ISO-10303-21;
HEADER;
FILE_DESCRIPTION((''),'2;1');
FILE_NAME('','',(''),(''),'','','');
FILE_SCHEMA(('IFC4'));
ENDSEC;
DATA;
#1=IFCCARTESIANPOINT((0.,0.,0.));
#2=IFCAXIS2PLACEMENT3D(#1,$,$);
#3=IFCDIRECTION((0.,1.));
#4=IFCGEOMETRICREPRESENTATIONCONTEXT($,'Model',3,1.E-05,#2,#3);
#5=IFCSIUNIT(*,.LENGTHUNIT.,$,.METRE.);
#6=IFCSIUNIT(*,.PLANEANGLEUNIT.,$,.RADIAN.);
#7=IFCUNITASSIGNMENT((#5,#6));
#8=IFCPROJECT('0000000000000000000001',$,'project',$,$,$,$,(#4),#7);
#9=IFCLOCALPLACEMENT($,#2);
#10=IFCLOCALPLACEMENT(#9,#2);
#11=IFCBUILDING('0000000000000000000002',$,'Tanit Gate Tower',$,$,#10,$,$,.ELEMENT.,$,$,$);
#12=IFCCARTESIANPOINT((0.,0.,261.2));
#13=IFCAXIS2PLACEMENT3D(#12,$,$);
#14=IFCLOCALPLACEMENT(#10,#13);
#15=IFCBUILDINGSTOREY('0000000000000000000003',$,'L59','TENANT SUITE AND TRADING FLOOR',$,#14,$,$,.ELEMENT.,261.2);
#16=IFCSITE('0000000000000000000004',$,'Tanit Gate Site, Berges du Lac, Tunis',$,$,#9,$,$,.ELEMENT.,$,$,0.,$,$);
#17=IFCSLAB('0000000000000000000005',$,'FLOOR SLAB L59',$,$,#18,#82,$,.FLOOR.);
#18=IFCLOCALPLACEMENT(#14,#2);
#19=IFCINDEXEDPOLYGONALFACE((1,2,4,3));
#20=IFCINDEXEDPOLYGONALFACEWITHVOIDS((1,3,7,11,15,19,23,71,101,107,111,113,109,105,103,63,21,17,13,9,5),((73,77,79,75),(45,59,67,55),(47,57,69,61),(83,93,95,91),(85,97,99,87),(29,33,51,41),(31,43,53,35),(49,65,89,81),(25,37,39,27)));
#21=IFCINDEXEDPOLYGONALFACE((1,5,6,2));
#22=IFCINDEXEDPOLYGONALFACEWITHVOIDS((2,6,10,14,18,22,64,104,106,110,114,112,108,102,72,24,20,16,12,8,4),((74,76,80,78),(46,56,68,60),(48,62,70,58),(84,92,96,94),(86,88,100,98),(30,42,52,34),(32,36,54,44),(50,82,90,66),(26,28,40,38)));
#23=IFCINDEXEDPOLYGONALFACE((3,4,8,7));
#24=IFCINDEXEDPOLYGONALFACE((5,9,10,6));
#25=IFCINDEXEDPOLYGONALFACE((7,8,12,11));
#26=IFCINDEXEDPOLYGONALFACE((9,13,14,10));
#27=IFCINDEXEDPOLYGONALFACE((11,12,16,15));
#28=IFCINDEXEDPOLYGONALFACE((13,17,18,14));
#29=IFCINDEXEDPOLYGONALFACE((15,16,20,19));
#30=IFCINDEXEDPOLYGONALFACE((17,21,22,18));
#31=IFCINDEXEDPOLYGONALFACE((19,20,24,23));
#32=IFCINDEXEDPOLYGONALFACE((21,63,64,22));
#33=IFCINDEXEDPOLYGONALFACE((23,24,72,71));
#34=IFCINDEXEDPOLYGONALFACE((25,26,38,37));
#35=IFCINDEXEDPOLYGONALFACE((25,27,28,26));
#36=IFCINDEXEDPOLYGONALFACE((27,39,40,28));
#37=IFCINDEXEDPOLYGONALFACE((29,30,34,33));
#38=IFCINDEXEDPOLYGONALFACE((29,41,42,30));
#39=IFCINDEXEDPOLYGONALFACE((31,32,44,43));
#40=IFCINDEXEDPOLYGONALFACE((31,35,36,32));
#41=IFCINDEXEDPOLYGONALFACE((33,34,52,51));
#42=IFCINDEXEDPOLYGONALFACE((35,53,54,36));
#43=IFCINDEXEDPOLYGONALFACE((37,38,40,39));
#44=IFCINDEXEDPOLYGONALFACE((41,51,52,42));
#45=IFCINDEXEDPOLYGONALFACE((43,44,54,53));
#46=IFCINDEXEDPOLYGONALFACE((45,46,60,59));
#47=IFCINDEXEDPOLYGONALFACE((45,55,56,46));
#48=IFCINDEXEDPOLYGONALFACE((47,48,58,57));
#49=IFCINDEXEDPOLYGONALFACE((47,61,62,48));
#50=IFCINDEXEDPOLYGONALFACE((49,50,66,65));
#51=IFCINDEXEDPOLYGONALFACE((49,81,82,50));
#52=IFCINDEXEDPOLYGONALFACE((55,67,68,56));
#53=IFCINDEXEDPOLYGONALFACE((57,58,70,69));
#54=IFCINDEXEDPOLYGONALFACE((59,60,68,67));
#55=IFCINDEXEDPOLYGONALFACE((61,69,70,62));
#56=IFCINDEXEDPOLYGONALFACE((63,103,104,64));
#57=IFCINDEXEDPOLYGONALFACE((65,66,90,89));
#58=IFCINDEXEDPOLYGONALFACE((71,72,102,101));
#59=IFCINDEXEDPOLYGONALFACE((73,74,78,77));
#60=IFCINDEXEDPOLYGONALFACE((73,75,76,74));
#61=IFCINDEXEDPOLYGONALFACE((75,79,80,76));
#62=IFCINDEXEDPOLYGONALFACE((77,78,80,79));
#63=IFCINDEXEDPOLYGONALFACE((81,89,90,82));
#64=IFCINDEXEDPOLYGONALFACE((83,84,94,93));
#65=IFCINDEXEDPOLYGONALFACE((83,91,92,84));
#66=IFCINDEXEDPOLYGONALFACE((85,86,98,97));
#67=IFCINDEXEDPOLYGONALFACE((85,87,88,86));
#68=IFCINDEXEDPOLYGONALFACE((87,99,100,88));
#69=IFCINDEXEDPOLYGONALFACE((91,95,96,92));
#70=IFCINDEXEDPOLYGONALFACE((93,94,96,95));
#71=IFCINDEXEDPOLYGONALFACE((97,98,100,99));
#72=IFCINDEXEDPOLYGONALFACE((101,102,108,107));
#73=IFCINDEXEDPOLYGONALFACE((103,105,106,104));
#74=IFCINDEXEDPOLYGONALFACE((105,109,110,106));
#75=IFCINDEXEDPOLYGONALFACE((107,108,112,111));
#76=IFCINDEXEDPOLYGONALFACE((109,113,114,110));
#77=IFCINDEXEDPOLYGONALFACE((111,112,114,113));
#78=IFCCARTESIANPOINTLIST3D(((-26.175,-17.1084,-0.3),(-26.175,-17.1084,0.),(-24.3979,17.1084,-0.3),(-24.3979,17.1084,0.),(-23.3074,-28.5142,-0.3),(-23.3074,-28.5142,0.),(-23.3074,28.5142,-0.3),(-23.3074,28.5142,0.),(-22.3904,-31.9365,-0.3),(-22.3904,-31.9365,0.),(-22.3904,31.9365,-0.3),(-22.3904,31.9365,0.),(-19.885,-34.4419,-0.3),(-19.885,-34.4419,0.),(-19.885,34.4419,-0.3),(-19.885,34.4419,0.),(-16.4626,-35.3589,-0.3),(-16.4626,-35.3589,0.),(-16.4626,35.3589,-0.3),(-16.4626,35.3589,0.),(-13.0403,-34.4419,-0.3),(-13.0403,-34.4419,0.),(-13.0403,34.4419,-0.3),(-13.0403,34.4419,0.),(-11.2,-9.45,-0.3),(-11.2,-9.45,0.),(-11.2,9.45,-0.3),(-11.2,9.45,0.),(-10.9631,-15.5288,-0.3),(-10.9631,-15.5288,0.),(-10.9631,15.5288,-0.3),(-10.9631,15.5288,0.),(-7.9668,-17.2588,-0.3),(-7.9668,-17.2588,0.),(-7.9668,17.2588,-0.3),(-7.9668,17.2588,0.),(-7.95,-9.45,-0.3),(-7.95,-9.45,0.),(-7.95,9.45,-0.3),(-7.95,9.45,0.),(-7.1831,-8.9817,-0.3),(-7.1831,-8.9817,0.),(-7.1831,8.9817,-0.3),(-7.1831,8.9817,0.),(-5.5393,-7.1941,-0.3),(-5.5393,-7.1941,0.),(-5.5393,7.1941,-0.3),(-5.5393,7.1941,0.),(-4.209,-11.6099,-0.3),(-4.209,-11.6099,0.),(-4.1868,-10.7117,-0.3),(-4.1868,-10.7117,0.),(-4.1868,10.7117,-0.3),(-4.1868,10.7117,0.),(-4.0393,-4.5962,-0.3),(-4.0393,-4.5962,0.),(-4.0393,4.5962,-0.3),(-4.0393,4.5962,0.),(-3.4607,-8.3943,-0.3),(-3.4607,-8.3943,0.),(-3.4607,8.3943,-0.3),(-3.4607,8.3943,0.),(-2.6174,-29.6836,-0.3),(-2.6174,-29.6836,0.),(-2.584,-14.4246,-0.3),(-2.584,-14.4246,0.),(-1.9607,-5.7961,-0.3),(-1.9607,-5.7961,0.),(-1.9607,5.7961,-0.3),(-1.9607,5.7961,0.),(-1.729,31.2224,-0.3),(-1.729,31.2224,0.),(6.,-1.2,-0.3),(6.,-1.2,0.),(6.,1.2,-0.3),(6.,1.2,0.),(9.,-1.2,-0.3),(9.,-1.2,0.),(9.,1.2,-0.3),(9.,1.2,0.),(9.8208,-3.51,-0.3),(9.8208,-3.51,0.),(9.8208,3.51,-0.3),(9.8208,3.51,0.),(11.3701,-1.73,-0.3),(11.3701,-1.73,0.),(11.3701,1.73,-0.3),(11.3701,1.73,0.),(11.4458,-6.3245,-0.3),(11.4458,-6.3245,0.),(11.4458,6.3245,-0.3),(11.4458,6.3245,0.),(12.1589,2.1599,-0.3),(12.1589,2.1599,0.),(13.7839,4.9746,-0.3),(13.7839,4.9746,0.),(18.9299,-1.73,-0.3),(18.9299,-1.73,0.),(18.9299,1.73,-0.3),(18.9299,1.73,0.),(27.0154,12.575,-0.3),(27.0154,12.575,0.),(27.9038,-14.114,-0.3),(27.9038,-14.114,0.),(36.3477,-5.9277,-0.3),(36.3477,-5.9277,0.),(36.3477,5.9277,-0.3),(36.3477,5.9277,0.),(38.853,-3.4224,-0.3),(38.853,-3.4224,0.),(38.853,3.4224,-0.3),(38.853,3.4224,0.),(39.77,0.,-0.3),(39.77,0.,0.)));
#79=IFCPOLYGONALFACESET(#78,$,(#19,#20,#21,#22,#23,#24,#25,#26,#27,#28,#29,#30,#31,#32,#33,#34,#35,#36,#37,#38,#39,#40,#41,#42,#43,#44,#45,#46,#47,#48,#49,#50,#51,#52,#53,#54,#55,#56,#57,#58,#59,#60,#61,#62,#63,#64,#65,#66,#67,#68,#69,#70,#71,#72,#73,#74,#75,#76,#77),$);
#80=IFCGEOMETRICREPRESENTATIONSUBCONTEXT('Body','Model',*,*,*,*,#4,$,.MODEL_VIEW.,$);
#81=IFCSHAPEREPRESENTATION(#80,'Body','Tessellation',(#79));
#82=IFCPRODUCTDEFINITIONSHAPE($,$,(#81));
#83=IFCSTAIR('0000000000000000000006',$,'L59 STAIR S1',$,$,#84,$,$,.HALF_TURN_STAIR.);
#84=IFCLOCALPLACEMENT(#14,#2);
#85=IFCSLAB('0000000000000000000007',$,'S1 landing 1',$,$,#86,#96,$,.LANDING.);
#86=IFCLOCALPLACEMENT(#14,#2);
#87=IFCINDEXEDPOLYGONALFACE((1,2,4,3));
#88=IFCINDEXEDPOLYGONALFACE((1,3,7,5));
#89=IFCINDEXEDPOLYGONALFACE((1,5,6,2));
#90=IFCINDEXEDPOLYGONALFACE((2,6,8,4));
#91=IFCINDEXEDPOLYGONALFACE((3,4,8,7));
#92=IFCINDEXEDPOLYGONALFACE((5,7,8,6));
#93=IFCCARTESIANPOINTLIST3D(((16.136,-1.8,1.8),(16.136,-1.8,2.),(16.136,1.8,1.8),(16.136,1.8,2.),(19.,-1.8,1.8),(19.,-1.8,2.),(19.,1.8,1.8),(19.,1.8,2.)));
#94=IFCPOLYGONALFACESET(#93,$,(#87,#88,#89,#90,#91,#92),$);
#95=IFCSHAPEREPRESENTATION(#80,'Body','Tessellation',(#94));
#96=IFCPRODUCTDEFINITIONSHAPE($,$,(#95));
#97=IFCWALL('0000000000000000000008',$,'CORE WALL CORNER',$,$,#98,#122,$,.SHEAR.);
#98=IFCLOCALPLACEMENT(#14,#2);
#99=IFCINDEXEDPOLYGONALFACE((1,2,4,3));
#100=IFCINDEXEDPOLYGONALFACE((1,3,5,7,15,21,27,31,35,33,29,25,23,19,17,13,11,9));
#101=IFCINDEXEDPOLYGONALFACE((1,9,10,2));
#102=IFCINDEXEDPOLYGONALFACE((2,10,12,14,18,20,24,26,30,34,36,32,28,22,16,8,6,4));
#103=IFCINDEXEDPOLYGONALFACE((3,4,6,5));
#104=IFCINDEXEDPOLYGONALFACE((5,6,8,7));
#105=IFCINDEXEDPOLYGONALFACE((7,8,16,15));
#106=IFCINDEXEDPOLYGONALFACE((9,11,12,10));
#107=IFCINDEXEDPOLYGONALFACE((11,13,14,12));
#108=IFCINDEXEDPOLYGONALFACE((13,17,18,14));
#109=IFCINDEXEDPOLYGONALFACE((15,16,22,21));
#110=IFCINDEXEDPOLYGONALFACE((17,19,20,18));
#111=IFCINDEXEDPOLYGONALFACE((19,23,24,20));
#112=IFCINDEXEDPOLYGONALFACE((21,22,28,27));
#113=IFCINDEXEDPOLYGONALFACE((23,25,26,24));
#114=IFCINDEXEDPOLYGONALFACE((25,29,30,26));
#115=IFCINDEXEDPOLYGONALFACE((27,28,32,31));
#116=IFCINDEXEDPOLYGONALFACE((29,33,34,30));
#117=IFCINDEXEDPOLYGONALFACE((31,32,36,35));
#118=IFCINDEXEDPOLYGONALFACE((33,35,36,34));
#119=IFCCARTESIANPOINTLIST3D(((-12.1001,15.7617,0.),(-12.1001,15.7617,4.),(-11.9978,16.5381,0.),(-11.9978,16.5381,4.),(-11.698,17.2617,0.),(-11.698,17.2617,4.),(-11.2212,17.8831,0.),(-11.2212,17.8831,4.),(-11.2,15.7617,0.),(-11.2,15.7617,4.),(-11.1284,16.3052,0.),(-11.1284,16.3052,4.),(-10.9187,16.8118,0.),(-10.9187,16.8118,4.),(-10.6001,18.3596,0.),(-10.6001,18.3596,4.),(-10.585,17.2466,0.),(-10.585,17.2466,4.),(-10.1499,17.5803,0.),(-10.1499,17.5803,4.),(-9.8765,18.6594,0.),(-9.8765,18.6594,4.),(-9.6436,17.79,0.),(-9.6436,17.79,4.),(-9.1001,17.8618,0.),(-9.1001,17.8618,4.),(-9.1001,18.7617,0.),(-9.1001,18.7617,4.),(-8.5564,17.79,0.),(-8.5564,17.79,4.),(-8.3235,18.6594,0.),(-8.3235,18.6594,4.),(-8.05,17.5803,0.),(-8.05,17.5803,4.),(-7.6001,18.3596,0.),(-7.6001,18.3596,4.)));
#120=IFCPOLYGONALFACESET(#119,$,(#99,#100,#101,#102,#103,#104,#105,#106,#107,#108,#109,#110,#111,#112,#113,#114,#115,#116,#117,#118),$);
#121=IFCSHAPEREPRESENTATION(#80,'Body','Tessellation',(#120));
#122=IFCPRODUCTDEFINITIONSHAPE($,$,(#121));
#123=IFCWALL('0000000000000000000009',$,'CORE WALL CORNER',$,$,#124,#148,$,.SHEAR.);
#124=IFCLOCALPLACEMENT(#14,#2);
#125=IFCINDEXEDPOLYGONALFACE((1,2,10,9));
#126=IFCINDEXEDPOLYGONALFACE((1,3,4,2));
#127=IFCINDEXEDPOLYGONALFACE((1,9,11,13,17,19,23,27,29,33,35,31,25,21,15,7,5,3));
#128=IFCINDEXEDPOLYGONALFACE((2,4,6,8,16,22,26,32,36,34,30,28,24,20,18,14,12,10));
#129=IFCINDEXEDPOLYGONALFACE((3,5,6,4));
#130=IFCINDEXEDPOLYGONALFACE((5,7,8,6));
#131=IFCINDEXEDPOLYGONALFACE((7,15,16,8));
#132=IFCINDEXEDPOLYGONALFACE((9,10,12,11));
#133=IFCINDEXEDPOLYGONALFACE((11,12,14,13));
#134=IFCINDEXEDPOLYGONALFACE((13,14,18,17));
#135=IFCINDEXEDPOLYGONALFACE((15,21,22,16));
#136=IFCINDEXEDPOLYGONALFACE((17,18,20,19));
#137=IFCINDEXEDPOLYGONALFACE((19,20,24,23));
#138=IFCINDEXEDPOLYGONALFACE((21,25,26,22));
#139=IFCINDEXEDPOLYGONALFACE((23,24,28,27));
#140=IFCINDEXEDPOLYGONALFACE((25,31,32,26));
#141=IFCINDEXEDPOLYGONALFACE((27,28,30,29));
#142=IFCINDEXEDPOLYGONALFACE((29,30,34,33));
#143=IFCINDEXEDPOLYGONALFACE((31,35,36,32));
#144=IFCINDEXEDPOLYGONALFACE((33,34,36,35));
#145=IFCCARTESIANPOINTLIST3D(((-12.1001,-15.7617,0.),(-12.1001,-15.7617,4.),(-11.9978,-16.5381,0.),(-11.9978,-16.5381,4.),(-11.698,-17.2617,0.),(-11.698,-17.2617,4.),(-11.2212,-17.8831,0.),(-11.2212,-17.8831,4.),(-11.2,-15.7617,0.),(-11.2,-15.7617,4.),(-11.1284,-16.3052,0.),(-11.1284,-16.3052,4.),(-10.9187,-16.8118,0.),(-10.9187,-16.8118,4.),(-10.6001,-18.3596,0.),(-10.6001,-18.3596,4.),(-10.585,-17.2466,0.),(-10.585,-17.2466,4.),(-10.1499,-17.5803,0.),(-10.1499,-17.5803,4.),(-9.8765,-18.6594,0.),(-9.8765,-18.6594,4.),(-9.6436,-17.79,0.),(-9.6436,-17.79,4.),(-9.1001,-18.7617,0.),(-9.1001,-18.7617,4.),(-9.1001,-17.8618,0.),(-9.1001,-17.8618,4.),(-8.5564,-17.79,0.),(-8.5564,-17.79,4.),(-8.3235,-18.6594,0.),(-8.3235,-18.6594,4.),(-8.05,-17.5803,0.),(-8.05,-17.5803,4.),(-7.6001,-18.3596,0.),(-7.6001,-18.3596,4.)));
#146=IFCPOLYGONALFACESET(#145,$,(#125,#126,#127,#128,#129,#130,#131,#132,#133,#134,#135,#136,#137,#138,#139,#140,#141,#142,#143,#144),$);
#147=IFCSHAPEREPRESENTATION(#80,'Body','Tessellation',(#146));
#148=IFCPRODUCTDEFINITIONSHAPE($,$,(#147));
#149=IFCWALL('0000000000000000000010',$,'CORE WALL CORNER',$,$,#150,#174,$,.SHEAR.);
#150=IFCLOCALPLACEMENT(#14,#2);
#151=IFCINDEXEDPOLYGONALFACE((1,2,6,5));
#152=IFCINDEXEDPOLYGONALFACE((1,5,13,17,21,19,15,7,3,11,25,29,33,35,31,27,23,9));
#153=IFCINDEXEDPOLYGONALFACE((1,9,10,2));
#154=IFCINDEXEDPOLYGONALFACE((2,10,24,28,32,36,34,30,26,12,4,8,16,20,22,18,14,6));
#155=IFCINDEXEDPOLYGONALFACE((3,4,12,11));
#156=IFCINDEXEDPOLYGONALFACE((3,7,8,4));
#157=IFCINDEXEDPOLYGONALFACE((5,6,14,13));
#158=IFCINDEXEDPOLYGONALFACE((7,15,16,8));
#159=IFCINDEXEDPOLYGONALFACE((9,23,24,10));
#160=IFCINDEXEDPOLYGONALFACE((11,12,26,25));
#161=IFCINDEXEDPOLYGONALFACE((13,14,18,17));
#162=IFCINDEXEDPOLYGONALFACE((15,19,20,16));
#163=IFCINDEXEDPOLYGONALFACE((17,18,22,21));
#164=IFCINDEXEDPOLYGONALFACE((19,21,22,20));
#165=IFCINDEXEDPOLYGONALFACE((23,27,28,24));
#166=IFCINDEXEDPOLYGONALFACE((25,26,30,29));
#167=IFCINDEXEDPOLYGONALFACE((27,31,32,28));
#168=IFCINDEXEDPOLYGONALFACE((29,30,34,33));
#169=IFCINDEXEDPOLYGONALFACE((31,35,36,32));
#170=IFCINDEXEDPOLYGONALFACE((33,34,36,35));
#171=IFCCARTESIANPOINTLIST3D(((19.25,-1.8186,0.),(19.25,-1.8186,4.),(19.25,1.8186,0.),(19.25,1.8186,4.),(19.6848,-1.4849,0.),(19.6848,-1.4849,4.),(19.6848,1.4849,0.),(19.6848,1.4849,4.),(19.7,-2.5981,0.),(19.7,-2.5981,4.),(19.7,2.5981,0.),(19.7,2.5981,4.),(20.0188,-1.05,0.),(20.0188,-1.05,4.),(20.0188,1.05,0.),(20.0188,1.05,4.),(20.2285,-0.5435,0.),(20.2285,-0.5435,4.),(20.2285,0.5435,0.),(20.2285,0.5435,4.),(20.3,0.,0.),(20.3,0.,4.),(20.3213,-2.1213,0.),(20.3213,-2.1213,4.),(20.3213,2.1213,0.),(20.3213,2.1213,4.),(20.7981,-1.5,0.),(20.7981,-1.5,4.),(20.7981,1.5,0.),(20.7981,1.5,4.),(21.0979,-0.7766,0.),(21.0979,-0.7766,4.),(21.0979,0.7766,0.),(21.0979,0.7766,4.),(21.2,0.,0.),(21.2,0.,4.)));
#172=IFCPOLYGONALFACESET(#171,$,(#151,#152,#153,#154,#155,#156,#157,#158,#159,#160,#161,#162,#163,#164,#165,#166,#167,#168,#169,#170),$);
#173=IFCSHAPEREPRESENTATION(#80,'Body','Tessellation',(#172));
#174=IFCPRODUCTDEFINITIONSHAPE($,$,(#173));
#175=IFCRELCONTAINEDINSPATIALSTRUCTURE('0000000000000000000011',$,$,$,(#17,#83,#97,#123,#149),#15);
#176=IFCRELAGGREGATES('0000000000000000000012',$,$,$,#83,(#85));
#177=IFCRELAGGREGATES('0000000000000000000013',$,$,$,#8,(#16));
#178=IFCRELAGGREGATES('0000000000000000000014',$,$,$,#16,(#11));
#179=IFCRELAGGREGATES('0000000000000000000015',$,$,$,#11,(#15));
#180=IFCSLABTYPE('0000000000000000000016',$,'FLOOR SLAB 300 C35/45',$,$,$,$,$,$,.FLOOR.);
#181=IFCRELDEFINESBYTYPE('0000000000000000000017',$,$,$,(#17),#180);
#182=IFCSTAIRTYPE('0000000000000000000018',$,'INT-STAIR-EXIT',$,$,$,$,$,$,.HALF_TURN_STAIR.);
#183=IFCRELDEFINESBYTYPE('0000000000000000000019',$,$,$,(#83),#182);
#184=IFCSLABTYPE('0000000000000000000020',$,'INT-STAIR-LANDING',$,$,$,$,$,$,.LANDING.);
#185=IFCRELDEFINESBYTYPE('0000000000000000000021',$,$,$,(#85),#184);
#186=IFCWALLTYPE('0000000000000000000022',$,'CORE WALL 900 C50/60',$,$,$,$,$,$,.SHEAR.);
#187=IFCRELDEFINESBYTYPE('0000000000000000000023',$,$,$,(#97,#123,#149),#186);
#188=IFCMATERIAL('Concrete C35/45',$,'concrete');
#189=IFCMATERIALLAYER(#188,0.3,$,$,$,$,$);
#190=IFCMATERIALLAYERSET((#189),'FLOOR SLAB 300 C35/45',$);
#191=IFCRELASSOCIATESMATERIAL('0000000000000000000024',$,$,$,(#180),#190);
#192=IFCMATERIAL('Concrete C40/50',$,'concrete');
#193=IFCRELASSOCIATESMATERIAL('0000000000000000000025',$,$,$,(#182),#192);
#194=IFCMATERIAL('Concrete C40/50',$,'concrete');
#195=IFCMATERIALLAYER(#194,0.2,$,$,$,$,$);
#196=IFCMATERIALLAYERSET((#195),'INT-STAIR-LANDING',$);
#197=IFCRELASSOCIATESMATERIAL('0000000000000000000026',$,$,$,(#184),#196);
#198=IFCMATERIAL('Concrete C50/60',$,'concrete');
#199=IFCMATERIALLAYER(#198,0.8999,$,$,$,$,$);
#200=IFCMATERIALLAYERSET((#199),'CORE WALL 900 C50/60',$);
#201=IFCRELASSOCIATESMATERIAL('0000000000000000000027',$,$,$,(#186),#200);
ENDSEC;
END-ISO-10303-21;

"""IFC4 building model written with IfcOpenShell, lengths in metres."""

from ifc_helpers import new_model, si_unit, direction, frame, origin, place, context, subcontext, project, spatial, polyline, outline, extrude, material, layer, layer_set, type_object, element, aggregate, save


model = new_model("IFC4")

# Units and contexts
model_context = context("Model", 3, precision=1e-05, world=origin(), true_north=direction((0.0, 1.0)))
body_context = subcontext(model_context, "Body", "Model", "MODEL_VIEW")
ifc_project = project(units=[si_unit("LENGTHUNIT", "METRE"), si_unit("PLANEANGLEUNIT", "RADIAN")], contexts=[model_context])

# Site, building, storey
site_placement = place(None, origin())
site = spatial("IfcSite", under=ifc_project, at=site_placement, Name="Tanit Gate Site, Berges du Lac, Tunis", CompositionType="ELEMENT", RefElevation=0.0)
building_placement = place(site_placement, origin())
building = spatial("IfcBuilding", under=site, at=building_placement, Name="Tanit Gate Tower", CompositionType="ELEMENT")
storey_placement = place(building_placement, frame((0.0, 0.0, 261.2)))
storey = spatial("IfcBuildingStorey", under=building, at=storey_placement, Name="L59", Description="TENANT SUITE AND TRADING FLOOR", CompositionType="ELEMENT", Elevation=261.2)

# Slab
ifc_material_1 = material(Name="Concrete C35/45", Category="concrete")
ifc_layer_1 = layer(ifc_material_1, 0.3)
ifc_layer_set_1 = layer_set([ifc_layer_1], Name="FLOOR SLAB 300 C35/45")
slab_type_1 = type_object("IfcSlabType", Name="FLOOR SLAB 300 C35/45", PredefinedType="FLOOR", material=ifc_layer_set_1)
slab_1_placement = place(storey_placement, frame((0.0, 0.0, -0.3)))
element("IfcSlab", 1, at=slab_1_placement, inside=storey, type_object=slab_type_1, Name="FLOOR SLAB L59", PredefinedType="FLOOR", context=body_context, shape_type="SweptSolid", body=[
    extrude(outline(polyline([(36.3477, 5.9277), (38.853, 3.4224), (39.77, 0.0), (38.853, -3.4224), (36.3477, -5.9277), (27.9038, -14.114), (-2.6174, -29.6836), (-13.0403, -34.4419), (-16.4626, -35.3589), (-19.885, -34.4419), (-22.3904, -31.9365), (-23.3074, -28.5142), (-26.175, -17.1084), (-24.3979, 17.1084), (-23.3074, 28.5142), (-22.3904, 31.9365), (-19.885, 34.4419), (-16.4626, 35.3589), (-13.0403, 34.4419), (-1.729, 31.2224), (27.0154, 12.575), (36.3477, 5.9277)]), holes=[polyline([(11.3701, 1.73), (18.9299, 1.73), (18.9299, -1.73), (11.3701, -1.73), (11.3701, 1.73)]), polyline([(9.8208, 3.51), (11.4458, 6.3245), (13.7839, 4.9746), (12.1589, 2.1599), (9.8208, 3.51)]), polyline([(-4.209, -11.6099), (9.8208, -3.51), (11.4458, -6.3245), (-2.584, -14.4246), (-4.209, -11.6099)]), polyline([(6.0, 1.2), (9.0, 1.2), (9.0, -1.2), (6.0, -1.2), (6.0, 1.2)]), polyline([(-5.5393, 7.1941), (-3.4607, 8.3943), (-1.9607, 5.7961), (-4.0393, 4.5962), (-5.5393, 7.1941)]), polyline([(-1.9607, -5.7961), (-3.4607, -8.3943), (-5.5393, -7.1941), (-4.0393, -4.5962), (-1.9607, -5.7961)]), polyline([(-10.9631, 15.5288), (-7.9668, 17.2588), (-4.1868, 10.7117), (-7.1831, 8.9817), (-10.9631, 15.5288)]), polyline([(-4.1868, -10.7117), (-7.9668, -17.2588), (-10.9631, -15.5288), (-7.1831, -8.9817), (-4.1868, -10.7117)]), polyline([(-11.2, -9.45), (-11.2, 9.45), (-7.95, 9.45), (-7.95, -9.45), (-11.2, -9.45)])]), origin(), (0.0, 0.0, 1.0), 0.3),
])

# Stair, slab
ifc_material_2 = material(Name="Concrete C40/50", Category="concrete")
stair_type = type_object("IfcStairType", Name="INT-STAIR-EXIT", PredefinedType="HALF_TURN_STAIR", material=ifc_material_2)
stair_placement = place(storey_placement, origin())
stair = element("IfcStair", 2, at=stair_placement, inside=storey, type_object=stair_type, Name="L59 STAIR S1", PredefinedType="HALF_TURN_STAIR")
ifc_material_3 = material(Name="Concrete C40/50", Category="concrete")
ifc_layer_2 = layer(ifc_material_3, 0.2)
ifc_layer_set_2 = layer_set([ifc_layer_2], Name="INT-STAIR-LANDING")
slab_type_2 = type_object("IfcSlabType", Name="INT-STAIR-LANDING", PredefinedType="LANDING", material=ifc_layer_set_2)
slab_2_placement = place(storey_placement, frame((0.0, 0.0, 1.8)))
slab_2 = element("IfcSlab", 3, at=slab_2_placement, type_object=slab_type_2, Name="S1 landing 1", PredefinedType="LANDING", context=body_context, shape_type="SweptSolid", body=[
    extrude(outline(polyline([(16.136, -1.8), (19.0, -1.8), (19.0, 1.8), (16.136, 1.8), (16.136, -1.8)])), origin(), (0.0, 0.0, 1.0), 0.2),
])
aggregate(stair, [slab_2])

# Walls
ifc_material_4 = material(Name="Concrete C50/60", Category="concrete")
ifc_layer_3 = layer(ifc_material_4, 0.8999)
ifc_layer_set_3 = layer_set([ifc_layer_3], Name="CORE WALL 900 C50/60")
wall_type_1 = type_object("IfcWallType", Name="CORE WALL 900 C50/60", PredefinedType="SHEAR", material=ifc_layer_set_3)
wall_1_placement = place(storey_placement, origin())
element("IfcWall", 4, at=wall_1_placement, inside=storey, type_object=wall_type_1, Name="CORE WALL CORNER", PredefinedType="SHEAR", context=body_context, shape_type="SweptSolid", body=[
    extrude(outline(polyline([(-7.6001, 18.3596), (-8.3235, 18.6594), (-9.1001, 18.7617), (-9.8765, 18.6594), (-10.6001, 18.3596), (-11.2212, 17.8831), (-11.698, 17.2617), (-11.9978, 16.5381), (-12.1001, 15.7617), (-11.2, 15.7617), (-11.1284, 16.3052), (-10.9187, 16.8118), (-10.585, 17.2466), (-10.1499, 17.5803), (-9.6436, 17.79), (-9.1001, 17.8618), (-8.5564, 17.79), (-8.05, 17.5803), (-7.6001, 18.3596)])), origin(), (0.0, 0.0, 1.0), 4.0),
])
wall_2_placement = place(storey_placement, origin())
element("IfcWall", 5, at=wall_2_placement, inside=storey, type_object=wall_type_1, Name="CORE WALL CORNER", PredefinedType="SHEAR", context=body_context, shape_type="SweptSolid", body=[
    extrude(outline(polyline([(-12.1001, -15.7617), (-11.9978, -16.5381), (-11.698, -17.2617), (-11.2212, -17.8831), (-10.6001, -18.3596), (-9.8765, -18.6594), (-9.1001, -18.7617), (-8.3235, -18.6594), (-7.6001, -18.3596), (-8.05, -17.5803), (-8.5564, -17.79), (-9.1001, -17.8618), (-9.6436, -17.79), (-10.1499, -17.5803), (-10.585, -17.2466), (-10.9187, -16.8118), (-11.1284, -16.3052), (-11.2, -15.7617), (-12.1001, -15.7617)])), origin(), (0.0, 0.0, 1.0), 4.0),
])
wall_3_placement = place(storey_placement, origin())
element("IfcWall", 6, at=wall_3_placement, inside=storey, type_object=wall_type_1, Name="CORE WALL CORNER", PredefinedType="SHEAR", context=body_context, shape_type="SweptSolid", body=[
    extrude(outline(polyline([(19.7, -2.5981), (20.3213, -2.1213), (20.7981, -1.5), (21.0979, -0.7766), (21.2, 0.0), (21.0979, 0.7766), (20.7981, 1.5), (20.3213, 2.1213), (19.7, 2.5981), (19.25, 1.8186), (19.6848, 1.4849), (20.0188, 1.05), (20.2285, 0.5435), (20.3, 0.0), (20.2285, -0.5435), (20.0188, -1.05), (19.6848, -1.4849), (19.25, -1.8186), (19.7, -2.5981)])), origin(), (0.0, 0.0, 1.0), 4.0),
])

save(model, "model.ifc")
